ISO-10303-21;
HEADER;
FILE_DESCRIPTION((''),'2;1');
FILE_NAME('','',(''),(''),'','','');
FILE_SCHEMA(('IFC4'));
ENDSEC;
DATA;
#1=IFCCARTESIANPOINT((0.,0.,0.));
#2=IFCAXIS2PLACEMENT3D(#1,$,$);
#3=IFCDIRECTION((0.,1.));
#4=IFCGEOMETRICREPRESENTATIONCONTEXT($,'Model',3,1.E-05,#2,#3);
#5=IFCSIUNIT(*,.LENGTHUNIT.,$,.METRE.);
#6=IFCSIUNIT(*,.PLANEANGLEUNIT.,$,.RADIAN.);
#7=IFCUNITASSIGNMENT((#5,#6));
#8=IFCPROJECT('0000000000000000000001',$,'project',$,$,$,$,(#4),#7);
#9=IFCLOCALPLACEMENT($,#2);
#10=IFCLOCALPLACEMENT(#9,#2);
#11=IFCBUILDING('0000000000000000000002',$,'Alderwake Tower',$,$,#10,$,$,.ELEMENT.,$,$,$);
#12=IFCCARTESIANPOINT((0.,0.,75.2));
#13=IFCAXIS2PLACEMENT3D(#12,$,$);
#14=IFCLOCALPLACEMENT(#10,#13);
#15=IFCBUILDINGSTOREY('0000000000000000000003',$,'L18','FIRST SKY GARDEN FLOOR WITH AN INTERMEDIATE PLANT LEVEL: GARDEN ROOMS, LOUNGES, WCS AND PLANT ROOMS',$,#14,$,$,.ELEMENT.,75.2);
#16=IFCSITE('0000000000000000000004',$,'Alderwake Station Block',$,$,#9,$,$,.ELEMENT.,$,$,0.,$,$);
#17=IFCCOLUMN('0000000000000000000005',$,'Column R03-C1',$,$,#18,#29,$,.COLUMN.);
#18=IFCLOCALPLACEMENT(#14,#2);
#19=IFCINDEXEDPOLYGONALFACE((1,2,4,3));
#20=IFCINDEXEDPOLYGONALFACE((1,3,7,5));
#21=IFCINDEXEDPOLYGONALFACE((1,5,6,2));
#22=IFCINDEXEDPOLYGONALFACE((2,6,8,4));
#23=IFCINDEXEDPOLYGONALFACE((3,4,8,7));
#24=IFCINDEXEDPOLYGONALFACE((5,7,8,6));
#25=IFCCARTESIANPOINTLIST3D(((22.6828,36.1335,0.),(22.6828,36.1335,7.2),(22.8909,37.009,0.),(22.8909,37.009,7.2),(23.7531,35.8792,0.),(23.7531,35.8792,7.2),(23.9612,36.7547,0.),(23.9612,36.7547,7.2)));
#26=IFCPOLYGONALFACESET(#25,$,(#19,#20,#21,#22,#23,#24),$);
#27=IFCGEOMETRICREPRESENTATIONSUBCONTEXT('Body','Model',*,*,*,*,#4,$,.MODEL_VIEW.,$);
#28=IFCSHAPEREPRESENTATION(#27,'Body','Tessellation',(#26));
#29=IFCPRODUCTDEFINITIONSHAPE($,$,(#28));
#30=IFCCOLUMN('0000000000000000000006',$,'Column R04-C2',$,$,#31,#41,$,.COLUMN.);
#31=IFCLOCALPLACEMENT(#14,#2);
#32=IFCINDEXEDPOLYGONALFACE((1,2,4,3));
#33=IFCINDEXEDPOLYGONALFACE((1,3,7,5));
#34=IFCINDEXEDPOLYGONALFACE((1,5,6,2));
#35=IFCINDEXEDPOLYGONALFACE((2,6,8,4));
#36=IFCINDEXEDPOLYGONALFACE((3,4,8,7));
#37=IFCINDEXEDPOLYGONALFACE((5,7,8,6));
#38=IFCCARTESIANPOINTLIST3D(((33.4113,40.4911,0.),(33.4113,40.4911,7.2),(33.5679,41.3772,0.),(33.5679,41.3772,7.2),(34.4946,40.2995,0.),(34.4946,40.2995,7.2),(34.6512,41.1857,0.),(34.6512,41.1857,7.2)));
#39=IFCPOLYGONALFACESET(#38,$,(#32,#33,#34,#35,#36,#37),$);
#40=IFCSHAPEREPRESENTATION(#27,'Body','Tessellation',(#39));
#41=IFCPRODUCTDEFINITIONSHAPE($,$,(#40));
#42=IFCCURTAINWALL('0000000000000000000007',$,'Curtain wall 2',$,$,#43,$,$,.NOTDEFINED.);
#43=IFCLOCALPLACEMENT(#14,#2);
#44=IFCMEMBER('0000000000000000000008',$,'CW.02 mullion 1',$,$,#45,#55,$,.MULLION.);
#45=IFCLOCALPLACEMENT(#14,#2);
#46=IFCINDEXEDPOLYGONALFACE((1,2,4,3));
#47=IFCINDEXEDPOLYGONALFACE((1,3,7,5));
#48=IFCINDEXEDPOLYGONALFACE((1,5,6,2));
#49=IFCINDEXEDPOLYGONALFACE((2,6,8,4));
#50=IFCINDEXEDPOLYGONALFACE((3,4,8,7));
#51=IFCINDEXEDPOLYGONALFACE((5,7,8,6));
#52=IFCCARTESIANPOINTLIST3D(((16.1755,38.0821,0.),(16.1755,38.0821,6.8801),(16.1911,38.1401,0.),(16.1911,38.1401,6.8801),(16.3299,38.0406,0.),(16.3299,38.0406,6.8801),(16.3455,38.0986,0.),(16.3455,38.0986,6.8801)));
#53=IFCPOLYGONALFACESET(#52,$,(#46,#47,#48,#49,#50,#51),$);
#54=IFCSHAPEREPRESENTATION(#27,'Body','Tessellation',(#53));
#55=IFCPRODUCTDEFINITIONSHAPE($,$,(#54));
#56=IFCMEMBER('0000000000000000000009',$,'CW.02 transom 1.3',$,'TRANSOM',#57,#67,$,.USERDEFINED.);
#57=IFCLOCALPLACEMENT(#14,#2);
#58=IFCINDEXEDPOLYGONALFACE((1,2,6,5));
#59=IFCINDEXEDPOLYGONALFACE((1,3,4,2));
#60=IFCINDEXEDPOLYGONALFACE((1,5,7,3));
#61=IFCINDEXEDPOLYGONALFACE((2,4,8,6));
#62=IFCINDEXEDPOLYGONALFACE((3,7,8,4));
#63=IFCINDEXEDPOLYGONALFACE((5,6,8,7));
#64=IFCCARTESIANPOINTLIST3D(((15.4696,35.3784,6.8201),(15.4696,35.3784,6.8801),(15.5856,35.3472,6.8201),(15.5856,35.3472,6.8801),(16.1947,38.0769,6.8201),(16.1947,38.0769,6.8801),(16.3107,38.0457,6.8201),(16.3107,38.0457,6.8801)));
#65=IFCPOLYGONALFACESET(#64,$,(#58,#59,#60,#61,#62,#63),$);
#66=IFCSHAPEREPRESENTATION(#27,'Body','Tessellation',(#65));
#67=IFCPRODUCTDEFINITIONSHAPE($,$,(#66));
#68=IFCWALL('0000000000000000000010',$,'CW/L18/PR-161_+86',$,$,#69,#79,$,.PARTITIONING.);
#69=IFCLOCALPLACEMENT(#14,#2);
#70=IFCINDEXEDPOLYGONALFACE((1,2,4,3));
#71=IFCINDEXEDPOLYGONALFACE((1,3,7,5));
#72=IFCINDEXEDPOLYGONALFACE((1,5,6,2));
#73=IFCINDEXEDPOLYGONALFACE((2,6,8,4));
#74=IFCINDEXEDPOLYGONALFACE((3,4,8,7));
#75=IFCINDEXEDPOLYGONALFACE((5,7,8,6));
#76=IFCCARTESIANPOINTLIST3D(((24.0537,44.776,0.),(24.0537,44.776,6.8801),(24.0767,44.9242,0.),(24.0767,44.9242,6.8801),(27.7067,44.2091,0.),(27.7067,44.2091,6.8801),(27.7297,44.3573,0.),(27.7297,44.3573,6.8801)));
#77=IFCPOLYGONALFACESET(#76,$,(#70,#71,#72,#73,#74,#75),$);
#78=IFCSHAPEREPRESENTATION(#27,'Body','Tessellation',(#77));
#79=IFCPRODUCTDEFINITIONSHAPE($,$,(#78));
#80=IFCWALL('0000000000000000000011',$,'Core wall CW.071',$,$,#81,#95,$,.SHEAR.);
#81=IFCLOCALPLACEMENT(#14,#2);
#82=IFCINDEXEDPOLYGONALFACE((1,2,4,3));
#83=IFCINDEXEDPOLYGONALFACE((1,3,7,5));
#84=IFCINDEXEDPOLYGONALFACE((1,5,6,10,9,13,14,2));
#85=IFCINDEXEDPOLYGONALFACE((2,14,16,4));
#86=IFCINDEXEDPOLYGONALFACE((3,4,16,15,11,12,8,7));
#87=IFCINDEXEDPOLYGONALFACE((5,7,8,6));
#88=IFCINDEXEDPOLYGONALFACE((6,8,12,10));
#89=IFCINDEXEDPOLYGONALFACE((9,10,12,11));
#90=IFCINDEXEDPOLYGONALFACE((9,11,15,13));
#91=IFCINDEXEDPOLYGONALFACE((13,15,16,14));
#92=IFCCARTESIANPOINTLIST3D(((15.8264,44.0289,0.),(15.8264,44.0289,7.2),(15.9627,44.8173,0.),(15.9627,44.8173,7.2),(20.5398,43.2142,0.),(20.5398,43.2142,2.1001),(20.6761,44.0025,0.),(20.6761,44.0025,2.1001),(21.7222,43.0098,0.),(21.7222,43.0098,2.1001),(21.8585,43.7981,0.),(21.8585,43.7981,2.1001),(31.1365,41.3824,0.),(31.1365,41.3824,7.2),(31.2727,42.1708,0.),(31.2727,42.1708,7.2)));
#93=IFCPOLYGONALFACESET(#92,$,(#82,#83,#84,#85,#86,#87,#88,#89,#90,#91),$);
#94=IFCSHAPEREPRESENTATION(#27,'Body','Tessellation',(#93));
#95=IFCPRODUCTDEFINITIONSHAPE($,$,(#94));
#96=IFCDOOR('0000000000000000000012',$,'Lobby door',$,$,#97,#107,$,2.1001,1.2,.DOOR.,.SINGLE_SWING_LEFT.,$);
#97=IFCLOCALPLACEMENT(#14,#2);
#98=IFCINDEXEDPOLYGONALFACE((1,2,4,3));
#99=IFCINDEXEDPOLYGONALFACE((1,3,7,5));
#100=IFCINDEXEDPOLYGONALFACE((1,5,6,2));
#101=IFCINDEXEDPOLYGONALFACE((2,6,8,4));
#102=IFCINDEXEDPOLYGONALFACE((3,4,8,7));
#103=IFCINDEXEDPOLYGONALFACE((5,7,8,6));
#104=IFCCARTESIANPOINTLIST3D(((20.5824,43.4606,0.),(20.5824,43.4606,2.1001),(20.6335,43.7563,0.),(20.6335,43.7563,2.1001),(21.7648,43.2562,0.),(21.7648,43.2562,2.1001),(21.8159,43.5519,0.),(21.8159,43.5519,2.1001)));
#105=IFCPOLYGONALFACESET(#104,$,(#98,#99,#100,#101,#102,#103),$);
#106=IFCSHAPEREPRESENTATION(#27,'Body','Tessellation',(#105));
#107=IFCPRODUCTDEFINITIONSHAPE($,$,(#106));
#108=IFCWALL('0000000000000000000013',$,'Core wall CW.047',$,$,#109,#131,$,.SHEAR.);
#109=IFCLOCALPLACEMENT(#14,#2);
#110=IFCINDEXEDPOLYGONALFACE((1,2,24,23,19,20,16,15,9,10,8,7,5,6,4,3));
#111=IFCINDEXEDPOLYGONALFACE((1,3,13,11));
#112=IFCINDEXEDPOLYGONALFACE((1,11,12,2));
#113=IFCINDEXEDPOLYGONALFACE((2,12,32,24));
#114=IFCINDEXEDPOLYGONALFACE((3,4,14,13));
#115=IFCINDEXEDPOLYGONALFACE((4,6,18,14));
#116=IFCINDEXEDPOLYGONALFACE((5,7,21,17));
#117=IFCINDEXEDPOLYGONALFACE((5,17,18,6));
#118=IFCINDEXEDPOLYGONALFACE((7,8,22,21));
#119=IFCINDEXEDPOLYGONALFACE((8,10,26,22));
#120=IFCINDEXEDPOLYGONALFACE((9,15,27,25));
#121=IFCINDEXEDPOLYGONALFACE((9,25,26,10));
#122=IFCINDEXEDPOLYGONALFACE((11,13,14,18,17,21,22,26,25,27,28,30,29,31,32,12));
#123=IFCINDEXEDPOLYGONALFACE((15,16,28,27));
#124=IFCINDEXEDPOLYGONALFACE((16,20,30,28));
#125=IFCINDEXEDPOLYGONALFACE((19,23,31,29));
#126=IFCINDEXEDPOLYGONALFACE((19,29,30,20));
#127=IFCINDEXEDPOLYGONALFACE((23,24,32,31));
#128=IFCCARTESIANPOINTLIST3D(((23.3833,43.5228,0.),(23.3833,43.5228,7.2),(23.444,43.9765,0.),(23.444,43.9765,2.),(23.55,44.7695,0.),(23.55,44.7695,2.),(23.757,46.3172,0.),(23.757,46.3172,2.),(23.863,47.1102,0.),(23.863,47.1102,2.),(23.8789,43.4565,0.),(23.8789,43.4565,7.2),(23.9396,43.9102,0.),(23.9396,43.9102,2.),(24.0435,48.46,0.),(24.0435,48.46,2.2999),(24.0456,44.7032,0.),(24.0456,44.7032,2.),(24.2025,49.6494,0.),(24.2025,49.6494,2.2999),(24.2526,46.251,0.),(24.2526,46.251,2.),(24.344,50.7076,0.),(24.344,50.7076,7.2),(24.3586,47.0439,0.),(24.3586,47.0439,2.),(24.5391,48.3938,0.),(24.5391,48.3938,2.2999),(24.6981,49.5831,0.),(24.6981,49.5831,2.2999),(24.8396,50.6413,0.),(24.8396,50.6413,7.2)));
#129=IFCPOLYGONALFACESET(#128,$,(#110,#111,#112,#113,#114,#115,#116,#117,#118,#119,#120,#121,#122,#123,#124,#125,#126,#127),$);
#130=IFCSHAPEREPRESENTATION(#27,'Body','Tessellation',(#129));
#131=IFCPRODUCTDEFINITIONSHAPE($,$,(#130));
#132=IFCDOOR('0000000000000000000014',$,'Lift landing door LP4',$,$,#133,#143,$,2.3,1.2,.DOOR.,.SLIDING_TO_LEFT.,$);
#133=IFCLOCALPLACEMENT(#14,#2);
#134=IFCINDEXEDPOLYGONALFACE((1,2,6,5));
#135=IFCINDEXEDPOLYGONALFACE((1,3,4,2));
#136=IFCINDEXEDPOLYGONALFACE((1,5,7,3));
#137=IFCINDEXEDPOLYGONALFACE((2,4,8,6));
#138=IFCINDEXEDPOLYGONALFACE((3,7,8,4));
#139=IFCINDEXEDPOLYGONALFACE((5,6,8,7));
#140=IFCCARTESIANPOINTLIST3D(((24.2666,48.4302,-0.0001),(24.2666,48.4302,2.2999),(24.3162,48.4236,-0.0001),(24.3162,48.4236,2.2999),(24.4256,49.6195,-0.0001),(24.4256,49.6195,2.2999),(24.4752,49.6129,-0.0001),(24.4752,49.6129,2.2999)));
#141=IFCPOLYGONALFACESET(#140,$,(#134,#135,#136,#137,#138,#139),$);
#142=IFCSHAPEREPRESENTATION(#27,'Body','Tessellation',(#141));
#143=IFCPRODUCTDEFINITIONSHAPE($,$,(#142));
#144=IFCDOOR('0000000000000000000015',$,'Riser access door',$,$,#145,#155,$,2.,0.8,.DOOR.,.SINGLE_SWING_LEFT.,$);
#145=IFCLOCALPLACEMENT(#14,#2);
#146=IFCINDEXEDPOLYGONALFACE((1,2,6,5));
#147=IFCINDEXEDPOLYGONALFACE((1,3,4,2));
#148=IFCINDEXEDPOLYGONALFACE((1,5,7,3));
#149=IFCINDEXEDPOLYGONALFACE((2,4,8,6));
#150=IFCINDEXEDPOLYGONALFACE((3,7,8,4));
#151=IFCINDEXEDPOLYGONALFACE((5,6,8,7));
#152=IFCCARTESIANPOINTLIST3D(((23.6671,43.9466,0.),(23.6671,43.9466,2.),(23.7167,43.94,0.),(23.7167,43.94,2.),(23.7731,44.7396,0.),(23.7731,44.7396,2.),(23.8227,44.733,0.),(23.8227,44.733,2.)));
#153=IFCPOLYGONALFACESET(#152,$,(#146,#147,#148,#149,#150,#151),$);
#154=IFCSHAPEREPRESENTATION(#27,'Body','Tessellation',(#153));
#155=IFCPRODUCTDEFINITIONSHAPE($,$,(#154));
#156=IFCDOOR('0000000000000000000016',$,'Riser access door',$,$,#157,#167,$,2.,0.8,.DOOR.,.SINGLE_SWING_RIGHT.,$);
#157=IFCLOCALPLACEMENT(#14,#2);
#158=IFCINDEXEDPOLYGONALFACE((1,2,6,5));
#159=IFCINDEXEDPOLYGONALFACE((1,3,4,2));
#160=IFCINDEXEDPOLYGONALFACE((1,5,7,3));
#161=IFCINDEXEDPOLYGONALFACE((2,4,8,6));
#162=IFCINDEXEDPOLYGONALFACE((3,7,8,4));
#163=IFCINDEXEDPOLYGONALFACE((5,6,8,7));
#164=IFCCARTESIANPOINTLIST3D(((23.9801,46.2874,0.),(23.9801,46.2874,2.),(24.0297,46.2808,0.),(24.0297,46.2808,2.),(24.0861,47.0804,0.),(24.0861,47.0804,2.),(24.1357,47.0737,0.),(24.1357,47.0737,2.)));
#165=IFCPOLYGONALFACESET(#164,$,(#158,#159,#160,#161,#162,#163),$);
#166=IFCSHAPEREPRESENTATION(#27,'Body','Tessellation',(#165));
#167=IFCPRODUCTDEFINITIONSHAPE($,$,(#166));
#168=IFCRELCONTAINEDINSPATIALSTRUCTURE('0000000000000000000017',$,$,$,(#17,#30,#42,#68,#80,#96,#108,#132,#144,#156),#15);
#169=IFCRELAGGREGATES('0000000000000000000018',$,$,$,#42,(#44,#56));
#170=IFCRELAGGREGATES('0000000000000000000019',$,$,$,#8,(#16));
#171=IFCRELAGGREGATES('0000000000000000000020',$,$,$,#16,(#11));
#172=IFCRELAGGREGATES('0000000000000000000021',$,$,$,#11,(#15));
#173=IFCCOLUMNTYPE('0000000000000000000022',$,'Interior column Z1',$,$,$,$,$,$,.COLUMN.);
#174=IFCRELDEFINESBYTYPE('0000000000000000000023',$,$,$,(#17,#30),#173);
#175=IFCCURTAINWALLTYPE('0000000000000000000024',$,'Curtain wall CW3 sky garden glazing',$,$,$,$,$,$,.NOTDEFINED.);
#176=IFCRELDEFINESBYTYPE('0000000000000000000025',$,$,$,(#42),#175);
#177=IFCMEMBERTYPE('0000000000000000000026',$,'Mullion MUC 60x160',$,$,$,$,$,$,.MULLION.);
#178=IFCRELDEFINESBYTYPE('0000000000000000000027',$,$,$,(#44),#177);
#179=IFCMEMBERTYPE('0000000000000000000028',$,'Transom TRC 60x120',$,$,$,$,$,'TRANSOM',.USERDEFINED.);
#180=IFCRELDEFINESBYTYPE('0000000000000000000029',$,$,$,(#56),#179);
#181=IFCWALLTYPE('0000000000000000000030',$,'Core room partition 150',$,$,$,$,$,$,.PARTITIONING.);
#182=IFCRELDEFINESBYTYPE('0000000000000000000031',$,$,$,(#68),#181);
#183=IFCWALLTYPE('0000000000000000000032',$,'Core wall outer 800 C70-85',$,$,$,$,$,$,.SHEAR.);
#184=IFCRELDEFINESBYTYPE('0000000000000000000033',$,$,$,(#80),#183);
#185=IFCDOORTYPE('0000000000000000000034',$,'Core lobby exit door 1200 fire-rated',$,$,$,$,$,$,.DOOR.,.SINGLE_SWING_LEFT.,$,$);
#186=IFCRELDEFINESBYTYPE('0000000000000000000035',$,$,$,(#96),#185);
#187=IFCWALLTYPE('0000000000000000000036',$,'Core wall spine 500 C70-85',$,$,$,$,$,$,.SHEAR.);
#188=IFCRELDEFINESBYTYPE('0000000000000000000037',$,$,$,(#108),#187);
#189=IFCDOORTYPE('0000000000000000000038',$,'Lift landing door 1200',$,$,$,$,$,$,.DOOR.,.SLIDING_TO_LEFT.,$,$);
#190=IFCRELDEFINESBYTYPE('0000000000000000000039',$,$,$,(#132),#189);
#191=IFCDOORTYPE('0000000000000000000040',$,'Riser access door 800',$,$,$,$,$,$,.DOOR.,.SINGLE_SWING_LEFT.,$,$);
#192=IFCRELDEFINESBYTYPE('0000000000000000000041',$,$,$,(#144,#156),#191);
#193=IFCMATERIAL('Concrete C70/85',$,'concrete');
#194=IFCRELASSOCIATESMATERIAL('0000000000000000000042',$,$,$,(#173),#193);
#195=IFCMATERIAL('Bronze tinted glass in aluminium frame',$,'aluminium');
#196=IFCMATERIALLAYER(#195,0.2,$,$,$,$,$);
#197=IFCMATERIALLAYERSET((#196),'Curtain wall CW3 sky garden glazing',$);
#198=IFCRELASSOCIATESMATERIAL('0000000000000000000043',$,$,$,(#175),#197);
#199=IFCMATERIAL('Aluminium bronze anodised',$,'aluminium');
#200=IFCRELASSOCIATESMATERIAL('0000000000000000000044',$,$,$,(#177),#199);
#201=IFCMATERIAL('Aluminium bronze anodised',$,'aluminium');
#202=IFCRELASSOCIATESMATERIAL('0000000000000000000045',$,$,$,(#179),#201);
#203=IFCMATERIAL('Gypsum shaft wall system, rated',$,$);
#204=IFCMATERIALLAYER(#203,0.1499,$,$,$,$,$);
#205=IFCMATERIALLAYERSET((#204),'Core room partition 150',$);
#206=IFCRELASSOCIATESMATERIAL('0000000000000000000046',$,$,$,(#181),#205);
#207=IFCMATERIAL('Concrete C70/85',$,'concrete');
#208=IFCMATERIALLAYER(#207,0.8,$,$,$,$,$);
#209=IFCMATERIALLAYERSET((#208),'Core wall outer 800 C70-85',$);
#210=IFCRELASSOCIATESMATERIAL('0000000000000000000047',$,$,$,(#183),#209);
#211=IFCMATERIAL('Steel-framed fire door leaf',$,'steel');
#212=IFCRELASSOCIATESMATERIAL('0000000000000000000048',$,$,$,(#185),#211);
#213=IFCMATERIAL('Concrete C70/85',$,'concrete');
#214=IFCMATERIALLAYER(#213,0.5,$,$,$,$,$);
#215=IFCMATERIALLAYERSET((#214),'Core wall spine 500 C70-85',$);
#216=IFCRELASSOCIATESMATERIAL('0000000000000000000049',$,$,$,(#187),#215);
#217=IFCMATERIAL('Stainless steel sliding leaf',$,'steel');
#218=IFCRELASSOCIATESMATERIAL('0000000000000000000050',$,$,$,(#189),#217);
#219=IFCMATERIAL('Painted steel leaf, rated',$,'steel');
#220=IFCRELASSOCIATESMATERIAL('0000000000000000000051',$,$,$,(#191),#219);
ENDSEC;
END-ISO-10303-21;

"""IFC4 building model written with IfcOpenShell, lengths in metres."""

from ifc_helpers import new_model, si_unit, direction, frame, frame_2d, origin, origin_2d, place, context, subcontext, project, spatial, rectangle, extrude, material, layer, layer_set, material_profile, profile_set, type_object, element, fill, aggregate, save


model = new_model("IFC4")

# Units and contexts
model_context = context("Model", 3, precision=1e-05, world=origin(), true_north=direction((0.0, 1.0)))
body_context = subcontext(model_context, "Body", "Model", "MODEL_VIEW")
ifc_project = project(units=[si_unit("LENGTHUNIT", "METRE"), si_unit("PLANEANGLEUNIT", "RADIAN")], contexts=[model_context])

# Site, building, storey
site_placement = place(None, origin())
site = spatial("IfcSite", under=ifc_project, at=site_placement, Name="Alderwake Station Block", CompositionType="ELEMENT", RefElevation=0.0)
building_placement = place(site_placement, origin())
building = spatial("IfcBuilding", under=site, at=building_placement, Name="Alderwake Tower", CompositionType="ELEMENT")
storey_placement = place(building_placement, frame((0.0, 0.0, 75.2)))
storey = spatial("IfcBuildingStorey", under=building, at=storey_placement, Name="L18", Description="FIRST SKY GARDEN FLOOR WITH AN INTERMEDIATE PLANT LEVEL: GARDEN ROOMS, LOUNGES, WCS AND PLANT ROOMS", CompositionType="ELEMENT", Elevation=75.2)

# Columns
ifc_material_1 = material(Name="Concrete C70/85", Category="concrete")
ifc_material_profile_1 = material_profile(ifc_material_1, rectangle(XDim=0.8999, YDim=1.1001, at=origin_2d()), Name="RC 1100X900")
ifc_profile_set_1 = profile_set([ifc_material_profile_1], Name="Concrete C70/85")
column_type = type_object("IfcColumnType", Name="Interior column Z1", PredefinedType="COLUMN", material=ifc_profile_set_1)
for number, where, z_axis, x_axis, name in (
    (1, (23.322, 36.4441, 0.0), (0.0, 0.0, 1.0), (0.231222, 0.972901, 0.0), "Column R03-C1"),
    (2, (34.0312, 40.8384, 0.0), (0.0, 0.0, 1.0), (0.174109, 0.984726, 0.0), "Column R04-C2"),
):
    element("IfcColumn", number, at=place(storey_placement, frame(where, z_axis=z_axis, x_axis=x_axis)), inside=storey, type_object=column_type, Name=name, PredefinedType="COLUMN", context=body_context, shape_type="SweptSolid", body=[
        extrude(rectangle(XDim=0.8999, YDim=1.1001, at=origin_2d()), origin(), (0.0, 0.0, 1.0), 7.2),
    ])

# Curtain wall, members
ifc_material_2 = material(Name="Bronze tinted glass in aluminium frame", Category="aluminium")
ifc_layer_1 = layer(ifc_material_2, 0.2)
ifc_layer_set_1 = layer_set([ifc_layer_1], Name="Curtain wall CW3 sky garden glazing")
curtain_wall_type = type_object("IfcCurtainWallType", Name="Curtain wall CW3 sky garden glazing", PredefinedType="NOTDEFINED", material=ifc_layer_set_1)
curtain_wall_placement = place(storey_placement, origin())
curtain_wall = element("IfcCurtainWall", 3, at=curtain_wall_placement, inside=storey, type_object=curtain_wall_type, Name="Curtain wall 2", PredefinedType="NOTDEFINED")
ifc_material_3 = material(Name="Aluminium bronze anodised", Category="aluminium")
ifc_material_profile_2 = material_profile(ifc_material_3, rectangle(XDim=0.1599, YDim=0.0601, at=origin_2d()), Name="Mullion MUC 60x160")
ifc_profile_set_2 = profile_set([ifc_material_profile_2], Name="Aluminium bronze anodised")
member_type_1 = type_object("IfcMemberType", Name="Mullion MUC 60x160", PredefinedType="MULLION", material=ifc_profile_set_2)
member_1_placement = place(storey_placement, frame((16.2605, 38.0903, 0.0), z_axis=(0.0, 0.0, 1.0), x_axis=(0.965748, -0.259484, 0.0)))
member_1 = element("IfcMember", 4, at=member_1_placement, type_object=member_type_1, Name="CW.02 mullion 1", PredefinedType="MULLION", context=body_context, shape_type="SweptSolid", body=[
    extrude(rectangle(XDim=0.1599, YDim=0.0601, at=origin_2d()), origin(), (0.0, 0.0, 1.0), 6.8801),
])
ifc_material_4 = material(Name="Aluminium bronze anodised", Category="aluminium")
ifc_material_profile_3 = material_profile(ifc_material_4, rectangle(XDim=0.1201, YDim=0.0601, at=origin_2d()), Name="Transom TRC 60x120")
ifc_profile_set_3 = profile_set([ifc_material_profile_3], Name="Aluminium bronze anodised")
member_type_2 = type_object("IfcMemberType", Name="Transom TRC 60x120", ElementType="TRANSOM", PredefinedType="USERDEFINED", material=ifc_profile_set_3)
member_2_placement = place(storey_placement, frame((16.2527, 38.0613, 6.8501), z_axis=(-0.2595, -0.965743, 0.0), x_axis=(0.965743, -0.2595, 0.0)))
member_2 = element("IfcMember", 5, at=member_2_placement, type_object=member_type_2, Name="CW.02 transom 1.3", ObjectType="TRANSOM", PredefinedType="USERDEFINED", context=body_context, shape_type="SweptSolid", body=[
    extrude(rectangle(XDim=0.1201, YDim=0.0601, at=origin_2d()), origin(), (0.0, 0.0, 1.0), 2.7942),
])
aggregate(curtain_wall, [member_1, member_2])

# Wall
ifc_material_5 = material(Name="Gypsum shaft wall system, rated")
ifc_layer_2 = layer(ifc_material_5, 0.1499)
ifc_layer_set_2 = layer_set([ifc_layer_2], Name="Core room partition 150")
wall_type_1 = type_object("IfcWallType", Name="Core room partition 150", PredefinedType="PARTITIONING", material=ifc_layer_set_2)
wall_1_placement = place(storey_placement, frame((24.0652, 44.8501, 0.0), z_axis=(0.0, 0.0, 1.0), x_axis=(0.988172, -0.153347, 0.0)))
element("IfcWall", 6, at=wall_1_placement, inside=storey, type_object=wall_type_1, Name="CW/L18/PR-161_+86", PredefinedType="PARTITIONING", context=body_context, shape_type="SweptSolid", body=[
    extrude(rectangle(XDim=3.6968, YDim=0.1499, at=frame_2d((1.8484, 0.0))), origin(), (0.0, 0.0, 1.0), 6.8801),
])

# Wall, opening, door
ifc_material_6 = material(Name="Concrete C70/85", Category="concrete")
ifc_layer_3 = layer(ifc_material_6, 0.8)
ifc_layer_set_3 = layer_set([ifc_layer_3], Name="Core wall outer 800 C70-85")
wall_type_2 = type_object("IfcWallType", Name="Core wall outer 800 C70-85", PredefinedType="SHEAR", material=ifc_layer_set_3)
wall_2_placement = place(storey_placement, frame((31.2046, 41.7766, 0.0), z_axis=(0.0, 0.0, 1.0), x_axis=(-0.985387, 0.170333, 0.0)))
wall_2 = element("IfcWall", 7, at=wall_2_placement, inside=storey, type_object=wall_type_2, Name="Core wall CW.071", PredefinedType="SHEAR", context=body_context, shape_type="SweptSolid", body=[
    extrude(rectangle(XDim=15.5371, YDim=0.8, at=frame_2d((7.7686, 0.0))), origin(), (0.0, 0.0, 1.0), 7.2),
])
opening_1_placement = place(wall_2_placement, frame((9.5537, 0.0, 0.0)))
opening_1 = element("IfcOpeningElement", 8, at=opening_1_placement, cuts=wall_2, PredefinedType="OPENING", context=body_context, shape_type="SweptSolid", body=[
    extrude(rectangle(XDim=1.2, YDim=2.1001, at=frame_2d((0.6001, 1.05))), frame((0.0, 0.4099, 0.0), z_axis=(0.0, -1.0, 0.0), x_axis=(1.0, 0.0, 0.0)), (0.0, 0.0, 1.0), 0.8201),
])
ifc_material_7 = material(Name="Steel-framed fire door leaf", Category="steel")
door_type_1 = type_object("IfcDoorType", Name="Core lobby exit door 1200 fire-rated", OperationType="SINGLE_SWING_LEFT", PredefinedType="DOOR", material=ifc_material_7)
door_1_placement = place(opening_1_placement, origin())
door_1 = element("IfcDoor", 9, at=door_1_placement, inside=storey, type_object=door_type_1, Name="Lobby door", OperationType="SINGLE_SWING_LEFT", OverallHeight=2.1001, OverallWidth=1.2, PredefinedType="DOOR", context=body_context, shape_type="SweptSolid", body=[
    extrude(rectangle(XDim=1.2, YDim=2.1001, at=frame_2d((0.6001, 1.05))), frame((0.0, 0.1499, 0.0), z_axis=(0.0, -1.0, 0.0), x_axis=(1.0, 0.0, 0.0)), (0.0, 0.0, 1.0), 0.3),
])
fill(opening_1, door_1)

# Wall, openings, doors
ifc_material_8 = material(Name="Concrete C70/85", Category="concrete")
ifc_layer_4 = layer(ifc_material_8, 0.5)
ifc_layer_set_4 = layer_set([ifc_layer_4], Name="Core wall spine 500 C70-85")
wall_type_3 = type_object("IfcWallType", Name="Core wall spine 500 C70-85", PredefinedType="SHEAR", material=ifc_layer_set_4)
wall_3_placement = place(storey_placement, frame((23.6311, 43.4895, 0.0), z_axis=(0.0, 0.0, 1.0), x_axis=(0.132532, 0.991179, 0.0)))
wall_3 = element("IfcWall", 10, at=wall_3_placement, inside=storey, type_object=wall_type_3, Name="Core wall CW.047", PredefinedType="SHEAR", context=body_context, shape_type="SweptSolid", body=[
    extrude(rectangle(XDim=7.2488, YDim=0.5, at=frame_2d((3.6245, 0.0))), origin(), (0.0, 0.0, 1.0), 7.2),
])
opening_2_placement = place(wall_3_placement, frame((4.9812, 0.0, 0.0)))
opening_2 = element("IfcOpeningElement", 11, at=opening_2_placement, cuts=wall_3, PredefinedType="OPENING", context=body_context, shape_type="SweptSolid", body=[
    extrude(rectangle(XDim=1.2, YDim=2.3, at=frame_2d((0.6001, 1.1499))), frame((0.0, 0.26, 0.0), z_axis=(0.0, -1.0, 0.0), x_axis=(1.0, 0.0, 0.0)), (0.0, 0.0, 1.0), 0.52),
])
opening_3_placement = place(wall_3_placement, frame((0.458, 0.0, 0.0)))
opening_3 = element("IfcOpeningElement", 12, at=opening_3_placement, cuts=wall_3, PredefinedType="OPENING", context=body_context, shape_type="SweptSolid", body=[
    extrude(rectangle(XDim=0.8, YDim=2.0, at=frame_2d((0.3999, 1.0))), frame((0.0, 0.26, 0.0), z_axis=(0.0, -1.0, 0.0), x_axis=(1.0, 0.0, 0.0)), (0.0, 0.0, 1.0), 0.52),
])
opening_4_placement = place(wall_3_placement, frame((2.8196, 0.0, 0.0)))
opening_4 = element("IfcOpeningElement", 13, at=opening_4_placement, cuts=wall_3, PredefinedType="OPENING", context=body_context, shape_type="SweptSolid", body=[
    extrude(rectangle(XDim=0.8, YDim=2.0, at=frame_2d((0.3999, 1.0))), frame((0.0, 0.26, 0.0), z_axis=(0.0, -1.0, 0.0), x_axis=(1.0, 0.0, 0.0)), (0.0, 0.0, 1.0), 0.52),
])
ifc_material_9 = material(Name="Stainless steel sliding leaf", Category="steel")
door_type_2 = type_object("IfcDoorType", Name="Lift landing door 1200", OperationType="SLIDING_TO_LEFT", PredefinedType="DOOR", material=ifc_material_9)
door_2_placement = place(opening_2_placement, origin())
door_2 = element("IfcDoor", 14, at=door_2_placement, inside=storey, type_object=door_type_2, Name="Lift landing door LP4", OperationType="SLIDING_TO_LEFT", OverallHeight=2.3, OverallWidth=1.2, PredefinedType="DOOR", context=body_context, shape_type="SweptSolid", body=[
    extrude(rectangle(XDim=1.2, YDim=2.3, at=frame_2d((0.6001, 1.1499))), frame((0.0, 0.0249, 0.0), z_axis=(0.0, -1.0, 0.0), x_axis=(1.0, 0.0, 0.0)), (0.0, 0.0, 1.0), 0.05),
])
fill(opening_2, door_2)
ifc_material_10 = material(Name="Painted steel leaf, rated", Category="steel")
door_type_3 = type_object("IfcDoorType", Name="Riser access door 800", OperationType="SINGLE_SWING_LEFT", PredefinedType="DOOR", material=ifc_material_10)
door_3_placement = place(opening_3_placement, origin())
door_3 = element("IfcDoor", 15, at=door_3_placement, inside=storey, type_object=door_type_3, Name="Riser access door", OperationType="SINGLE_SWING_LEFT", OverallHeight=2.0, OverallWidth=0.8, PredefinedType="DOOR", context=body_context, shape_type="SweptSolid", body=[
    extrude(rectangle(XDim=0.8, YDim=2.0, at=frame_2d((0.3999, 1.0))), frame((0.0, 0.0249, 0.0), z_axis=(0.0, -1.0, 0.0), x_axis=(1.0, 0.0, 0.0)), (0.0, 0.0, 1.0), 0.05),
])
fill(opening_3, door_3)
door_4_placement = place(opening_4_placement, origin())
door_4 = element("IfcDoor", 16, at=door_4_placement, inside=storey, type_object=door_type_3, Name="Riser access door", OperationType="SINGLE_SWING_RIGHT", OverallHeight=2.0, OverallWidth=0.8, PredefinedType="DOOR", context=body_context, shape_type="SweptSolid", body=[
    extrude(rectangle(XDim=0.8, YDim=2.0, at=frame_2d((0.3999, 1.0))), frame((0.0, 0.0249, 0.0), z_axis=(0.0, -1.0, 0.0), x_axis=(1.0, 0.0, 0.0)), (0.0, 0.0, 1.0), 0.05),
])
fill(opening_4, door_4)

save(model, "model.ifc")
